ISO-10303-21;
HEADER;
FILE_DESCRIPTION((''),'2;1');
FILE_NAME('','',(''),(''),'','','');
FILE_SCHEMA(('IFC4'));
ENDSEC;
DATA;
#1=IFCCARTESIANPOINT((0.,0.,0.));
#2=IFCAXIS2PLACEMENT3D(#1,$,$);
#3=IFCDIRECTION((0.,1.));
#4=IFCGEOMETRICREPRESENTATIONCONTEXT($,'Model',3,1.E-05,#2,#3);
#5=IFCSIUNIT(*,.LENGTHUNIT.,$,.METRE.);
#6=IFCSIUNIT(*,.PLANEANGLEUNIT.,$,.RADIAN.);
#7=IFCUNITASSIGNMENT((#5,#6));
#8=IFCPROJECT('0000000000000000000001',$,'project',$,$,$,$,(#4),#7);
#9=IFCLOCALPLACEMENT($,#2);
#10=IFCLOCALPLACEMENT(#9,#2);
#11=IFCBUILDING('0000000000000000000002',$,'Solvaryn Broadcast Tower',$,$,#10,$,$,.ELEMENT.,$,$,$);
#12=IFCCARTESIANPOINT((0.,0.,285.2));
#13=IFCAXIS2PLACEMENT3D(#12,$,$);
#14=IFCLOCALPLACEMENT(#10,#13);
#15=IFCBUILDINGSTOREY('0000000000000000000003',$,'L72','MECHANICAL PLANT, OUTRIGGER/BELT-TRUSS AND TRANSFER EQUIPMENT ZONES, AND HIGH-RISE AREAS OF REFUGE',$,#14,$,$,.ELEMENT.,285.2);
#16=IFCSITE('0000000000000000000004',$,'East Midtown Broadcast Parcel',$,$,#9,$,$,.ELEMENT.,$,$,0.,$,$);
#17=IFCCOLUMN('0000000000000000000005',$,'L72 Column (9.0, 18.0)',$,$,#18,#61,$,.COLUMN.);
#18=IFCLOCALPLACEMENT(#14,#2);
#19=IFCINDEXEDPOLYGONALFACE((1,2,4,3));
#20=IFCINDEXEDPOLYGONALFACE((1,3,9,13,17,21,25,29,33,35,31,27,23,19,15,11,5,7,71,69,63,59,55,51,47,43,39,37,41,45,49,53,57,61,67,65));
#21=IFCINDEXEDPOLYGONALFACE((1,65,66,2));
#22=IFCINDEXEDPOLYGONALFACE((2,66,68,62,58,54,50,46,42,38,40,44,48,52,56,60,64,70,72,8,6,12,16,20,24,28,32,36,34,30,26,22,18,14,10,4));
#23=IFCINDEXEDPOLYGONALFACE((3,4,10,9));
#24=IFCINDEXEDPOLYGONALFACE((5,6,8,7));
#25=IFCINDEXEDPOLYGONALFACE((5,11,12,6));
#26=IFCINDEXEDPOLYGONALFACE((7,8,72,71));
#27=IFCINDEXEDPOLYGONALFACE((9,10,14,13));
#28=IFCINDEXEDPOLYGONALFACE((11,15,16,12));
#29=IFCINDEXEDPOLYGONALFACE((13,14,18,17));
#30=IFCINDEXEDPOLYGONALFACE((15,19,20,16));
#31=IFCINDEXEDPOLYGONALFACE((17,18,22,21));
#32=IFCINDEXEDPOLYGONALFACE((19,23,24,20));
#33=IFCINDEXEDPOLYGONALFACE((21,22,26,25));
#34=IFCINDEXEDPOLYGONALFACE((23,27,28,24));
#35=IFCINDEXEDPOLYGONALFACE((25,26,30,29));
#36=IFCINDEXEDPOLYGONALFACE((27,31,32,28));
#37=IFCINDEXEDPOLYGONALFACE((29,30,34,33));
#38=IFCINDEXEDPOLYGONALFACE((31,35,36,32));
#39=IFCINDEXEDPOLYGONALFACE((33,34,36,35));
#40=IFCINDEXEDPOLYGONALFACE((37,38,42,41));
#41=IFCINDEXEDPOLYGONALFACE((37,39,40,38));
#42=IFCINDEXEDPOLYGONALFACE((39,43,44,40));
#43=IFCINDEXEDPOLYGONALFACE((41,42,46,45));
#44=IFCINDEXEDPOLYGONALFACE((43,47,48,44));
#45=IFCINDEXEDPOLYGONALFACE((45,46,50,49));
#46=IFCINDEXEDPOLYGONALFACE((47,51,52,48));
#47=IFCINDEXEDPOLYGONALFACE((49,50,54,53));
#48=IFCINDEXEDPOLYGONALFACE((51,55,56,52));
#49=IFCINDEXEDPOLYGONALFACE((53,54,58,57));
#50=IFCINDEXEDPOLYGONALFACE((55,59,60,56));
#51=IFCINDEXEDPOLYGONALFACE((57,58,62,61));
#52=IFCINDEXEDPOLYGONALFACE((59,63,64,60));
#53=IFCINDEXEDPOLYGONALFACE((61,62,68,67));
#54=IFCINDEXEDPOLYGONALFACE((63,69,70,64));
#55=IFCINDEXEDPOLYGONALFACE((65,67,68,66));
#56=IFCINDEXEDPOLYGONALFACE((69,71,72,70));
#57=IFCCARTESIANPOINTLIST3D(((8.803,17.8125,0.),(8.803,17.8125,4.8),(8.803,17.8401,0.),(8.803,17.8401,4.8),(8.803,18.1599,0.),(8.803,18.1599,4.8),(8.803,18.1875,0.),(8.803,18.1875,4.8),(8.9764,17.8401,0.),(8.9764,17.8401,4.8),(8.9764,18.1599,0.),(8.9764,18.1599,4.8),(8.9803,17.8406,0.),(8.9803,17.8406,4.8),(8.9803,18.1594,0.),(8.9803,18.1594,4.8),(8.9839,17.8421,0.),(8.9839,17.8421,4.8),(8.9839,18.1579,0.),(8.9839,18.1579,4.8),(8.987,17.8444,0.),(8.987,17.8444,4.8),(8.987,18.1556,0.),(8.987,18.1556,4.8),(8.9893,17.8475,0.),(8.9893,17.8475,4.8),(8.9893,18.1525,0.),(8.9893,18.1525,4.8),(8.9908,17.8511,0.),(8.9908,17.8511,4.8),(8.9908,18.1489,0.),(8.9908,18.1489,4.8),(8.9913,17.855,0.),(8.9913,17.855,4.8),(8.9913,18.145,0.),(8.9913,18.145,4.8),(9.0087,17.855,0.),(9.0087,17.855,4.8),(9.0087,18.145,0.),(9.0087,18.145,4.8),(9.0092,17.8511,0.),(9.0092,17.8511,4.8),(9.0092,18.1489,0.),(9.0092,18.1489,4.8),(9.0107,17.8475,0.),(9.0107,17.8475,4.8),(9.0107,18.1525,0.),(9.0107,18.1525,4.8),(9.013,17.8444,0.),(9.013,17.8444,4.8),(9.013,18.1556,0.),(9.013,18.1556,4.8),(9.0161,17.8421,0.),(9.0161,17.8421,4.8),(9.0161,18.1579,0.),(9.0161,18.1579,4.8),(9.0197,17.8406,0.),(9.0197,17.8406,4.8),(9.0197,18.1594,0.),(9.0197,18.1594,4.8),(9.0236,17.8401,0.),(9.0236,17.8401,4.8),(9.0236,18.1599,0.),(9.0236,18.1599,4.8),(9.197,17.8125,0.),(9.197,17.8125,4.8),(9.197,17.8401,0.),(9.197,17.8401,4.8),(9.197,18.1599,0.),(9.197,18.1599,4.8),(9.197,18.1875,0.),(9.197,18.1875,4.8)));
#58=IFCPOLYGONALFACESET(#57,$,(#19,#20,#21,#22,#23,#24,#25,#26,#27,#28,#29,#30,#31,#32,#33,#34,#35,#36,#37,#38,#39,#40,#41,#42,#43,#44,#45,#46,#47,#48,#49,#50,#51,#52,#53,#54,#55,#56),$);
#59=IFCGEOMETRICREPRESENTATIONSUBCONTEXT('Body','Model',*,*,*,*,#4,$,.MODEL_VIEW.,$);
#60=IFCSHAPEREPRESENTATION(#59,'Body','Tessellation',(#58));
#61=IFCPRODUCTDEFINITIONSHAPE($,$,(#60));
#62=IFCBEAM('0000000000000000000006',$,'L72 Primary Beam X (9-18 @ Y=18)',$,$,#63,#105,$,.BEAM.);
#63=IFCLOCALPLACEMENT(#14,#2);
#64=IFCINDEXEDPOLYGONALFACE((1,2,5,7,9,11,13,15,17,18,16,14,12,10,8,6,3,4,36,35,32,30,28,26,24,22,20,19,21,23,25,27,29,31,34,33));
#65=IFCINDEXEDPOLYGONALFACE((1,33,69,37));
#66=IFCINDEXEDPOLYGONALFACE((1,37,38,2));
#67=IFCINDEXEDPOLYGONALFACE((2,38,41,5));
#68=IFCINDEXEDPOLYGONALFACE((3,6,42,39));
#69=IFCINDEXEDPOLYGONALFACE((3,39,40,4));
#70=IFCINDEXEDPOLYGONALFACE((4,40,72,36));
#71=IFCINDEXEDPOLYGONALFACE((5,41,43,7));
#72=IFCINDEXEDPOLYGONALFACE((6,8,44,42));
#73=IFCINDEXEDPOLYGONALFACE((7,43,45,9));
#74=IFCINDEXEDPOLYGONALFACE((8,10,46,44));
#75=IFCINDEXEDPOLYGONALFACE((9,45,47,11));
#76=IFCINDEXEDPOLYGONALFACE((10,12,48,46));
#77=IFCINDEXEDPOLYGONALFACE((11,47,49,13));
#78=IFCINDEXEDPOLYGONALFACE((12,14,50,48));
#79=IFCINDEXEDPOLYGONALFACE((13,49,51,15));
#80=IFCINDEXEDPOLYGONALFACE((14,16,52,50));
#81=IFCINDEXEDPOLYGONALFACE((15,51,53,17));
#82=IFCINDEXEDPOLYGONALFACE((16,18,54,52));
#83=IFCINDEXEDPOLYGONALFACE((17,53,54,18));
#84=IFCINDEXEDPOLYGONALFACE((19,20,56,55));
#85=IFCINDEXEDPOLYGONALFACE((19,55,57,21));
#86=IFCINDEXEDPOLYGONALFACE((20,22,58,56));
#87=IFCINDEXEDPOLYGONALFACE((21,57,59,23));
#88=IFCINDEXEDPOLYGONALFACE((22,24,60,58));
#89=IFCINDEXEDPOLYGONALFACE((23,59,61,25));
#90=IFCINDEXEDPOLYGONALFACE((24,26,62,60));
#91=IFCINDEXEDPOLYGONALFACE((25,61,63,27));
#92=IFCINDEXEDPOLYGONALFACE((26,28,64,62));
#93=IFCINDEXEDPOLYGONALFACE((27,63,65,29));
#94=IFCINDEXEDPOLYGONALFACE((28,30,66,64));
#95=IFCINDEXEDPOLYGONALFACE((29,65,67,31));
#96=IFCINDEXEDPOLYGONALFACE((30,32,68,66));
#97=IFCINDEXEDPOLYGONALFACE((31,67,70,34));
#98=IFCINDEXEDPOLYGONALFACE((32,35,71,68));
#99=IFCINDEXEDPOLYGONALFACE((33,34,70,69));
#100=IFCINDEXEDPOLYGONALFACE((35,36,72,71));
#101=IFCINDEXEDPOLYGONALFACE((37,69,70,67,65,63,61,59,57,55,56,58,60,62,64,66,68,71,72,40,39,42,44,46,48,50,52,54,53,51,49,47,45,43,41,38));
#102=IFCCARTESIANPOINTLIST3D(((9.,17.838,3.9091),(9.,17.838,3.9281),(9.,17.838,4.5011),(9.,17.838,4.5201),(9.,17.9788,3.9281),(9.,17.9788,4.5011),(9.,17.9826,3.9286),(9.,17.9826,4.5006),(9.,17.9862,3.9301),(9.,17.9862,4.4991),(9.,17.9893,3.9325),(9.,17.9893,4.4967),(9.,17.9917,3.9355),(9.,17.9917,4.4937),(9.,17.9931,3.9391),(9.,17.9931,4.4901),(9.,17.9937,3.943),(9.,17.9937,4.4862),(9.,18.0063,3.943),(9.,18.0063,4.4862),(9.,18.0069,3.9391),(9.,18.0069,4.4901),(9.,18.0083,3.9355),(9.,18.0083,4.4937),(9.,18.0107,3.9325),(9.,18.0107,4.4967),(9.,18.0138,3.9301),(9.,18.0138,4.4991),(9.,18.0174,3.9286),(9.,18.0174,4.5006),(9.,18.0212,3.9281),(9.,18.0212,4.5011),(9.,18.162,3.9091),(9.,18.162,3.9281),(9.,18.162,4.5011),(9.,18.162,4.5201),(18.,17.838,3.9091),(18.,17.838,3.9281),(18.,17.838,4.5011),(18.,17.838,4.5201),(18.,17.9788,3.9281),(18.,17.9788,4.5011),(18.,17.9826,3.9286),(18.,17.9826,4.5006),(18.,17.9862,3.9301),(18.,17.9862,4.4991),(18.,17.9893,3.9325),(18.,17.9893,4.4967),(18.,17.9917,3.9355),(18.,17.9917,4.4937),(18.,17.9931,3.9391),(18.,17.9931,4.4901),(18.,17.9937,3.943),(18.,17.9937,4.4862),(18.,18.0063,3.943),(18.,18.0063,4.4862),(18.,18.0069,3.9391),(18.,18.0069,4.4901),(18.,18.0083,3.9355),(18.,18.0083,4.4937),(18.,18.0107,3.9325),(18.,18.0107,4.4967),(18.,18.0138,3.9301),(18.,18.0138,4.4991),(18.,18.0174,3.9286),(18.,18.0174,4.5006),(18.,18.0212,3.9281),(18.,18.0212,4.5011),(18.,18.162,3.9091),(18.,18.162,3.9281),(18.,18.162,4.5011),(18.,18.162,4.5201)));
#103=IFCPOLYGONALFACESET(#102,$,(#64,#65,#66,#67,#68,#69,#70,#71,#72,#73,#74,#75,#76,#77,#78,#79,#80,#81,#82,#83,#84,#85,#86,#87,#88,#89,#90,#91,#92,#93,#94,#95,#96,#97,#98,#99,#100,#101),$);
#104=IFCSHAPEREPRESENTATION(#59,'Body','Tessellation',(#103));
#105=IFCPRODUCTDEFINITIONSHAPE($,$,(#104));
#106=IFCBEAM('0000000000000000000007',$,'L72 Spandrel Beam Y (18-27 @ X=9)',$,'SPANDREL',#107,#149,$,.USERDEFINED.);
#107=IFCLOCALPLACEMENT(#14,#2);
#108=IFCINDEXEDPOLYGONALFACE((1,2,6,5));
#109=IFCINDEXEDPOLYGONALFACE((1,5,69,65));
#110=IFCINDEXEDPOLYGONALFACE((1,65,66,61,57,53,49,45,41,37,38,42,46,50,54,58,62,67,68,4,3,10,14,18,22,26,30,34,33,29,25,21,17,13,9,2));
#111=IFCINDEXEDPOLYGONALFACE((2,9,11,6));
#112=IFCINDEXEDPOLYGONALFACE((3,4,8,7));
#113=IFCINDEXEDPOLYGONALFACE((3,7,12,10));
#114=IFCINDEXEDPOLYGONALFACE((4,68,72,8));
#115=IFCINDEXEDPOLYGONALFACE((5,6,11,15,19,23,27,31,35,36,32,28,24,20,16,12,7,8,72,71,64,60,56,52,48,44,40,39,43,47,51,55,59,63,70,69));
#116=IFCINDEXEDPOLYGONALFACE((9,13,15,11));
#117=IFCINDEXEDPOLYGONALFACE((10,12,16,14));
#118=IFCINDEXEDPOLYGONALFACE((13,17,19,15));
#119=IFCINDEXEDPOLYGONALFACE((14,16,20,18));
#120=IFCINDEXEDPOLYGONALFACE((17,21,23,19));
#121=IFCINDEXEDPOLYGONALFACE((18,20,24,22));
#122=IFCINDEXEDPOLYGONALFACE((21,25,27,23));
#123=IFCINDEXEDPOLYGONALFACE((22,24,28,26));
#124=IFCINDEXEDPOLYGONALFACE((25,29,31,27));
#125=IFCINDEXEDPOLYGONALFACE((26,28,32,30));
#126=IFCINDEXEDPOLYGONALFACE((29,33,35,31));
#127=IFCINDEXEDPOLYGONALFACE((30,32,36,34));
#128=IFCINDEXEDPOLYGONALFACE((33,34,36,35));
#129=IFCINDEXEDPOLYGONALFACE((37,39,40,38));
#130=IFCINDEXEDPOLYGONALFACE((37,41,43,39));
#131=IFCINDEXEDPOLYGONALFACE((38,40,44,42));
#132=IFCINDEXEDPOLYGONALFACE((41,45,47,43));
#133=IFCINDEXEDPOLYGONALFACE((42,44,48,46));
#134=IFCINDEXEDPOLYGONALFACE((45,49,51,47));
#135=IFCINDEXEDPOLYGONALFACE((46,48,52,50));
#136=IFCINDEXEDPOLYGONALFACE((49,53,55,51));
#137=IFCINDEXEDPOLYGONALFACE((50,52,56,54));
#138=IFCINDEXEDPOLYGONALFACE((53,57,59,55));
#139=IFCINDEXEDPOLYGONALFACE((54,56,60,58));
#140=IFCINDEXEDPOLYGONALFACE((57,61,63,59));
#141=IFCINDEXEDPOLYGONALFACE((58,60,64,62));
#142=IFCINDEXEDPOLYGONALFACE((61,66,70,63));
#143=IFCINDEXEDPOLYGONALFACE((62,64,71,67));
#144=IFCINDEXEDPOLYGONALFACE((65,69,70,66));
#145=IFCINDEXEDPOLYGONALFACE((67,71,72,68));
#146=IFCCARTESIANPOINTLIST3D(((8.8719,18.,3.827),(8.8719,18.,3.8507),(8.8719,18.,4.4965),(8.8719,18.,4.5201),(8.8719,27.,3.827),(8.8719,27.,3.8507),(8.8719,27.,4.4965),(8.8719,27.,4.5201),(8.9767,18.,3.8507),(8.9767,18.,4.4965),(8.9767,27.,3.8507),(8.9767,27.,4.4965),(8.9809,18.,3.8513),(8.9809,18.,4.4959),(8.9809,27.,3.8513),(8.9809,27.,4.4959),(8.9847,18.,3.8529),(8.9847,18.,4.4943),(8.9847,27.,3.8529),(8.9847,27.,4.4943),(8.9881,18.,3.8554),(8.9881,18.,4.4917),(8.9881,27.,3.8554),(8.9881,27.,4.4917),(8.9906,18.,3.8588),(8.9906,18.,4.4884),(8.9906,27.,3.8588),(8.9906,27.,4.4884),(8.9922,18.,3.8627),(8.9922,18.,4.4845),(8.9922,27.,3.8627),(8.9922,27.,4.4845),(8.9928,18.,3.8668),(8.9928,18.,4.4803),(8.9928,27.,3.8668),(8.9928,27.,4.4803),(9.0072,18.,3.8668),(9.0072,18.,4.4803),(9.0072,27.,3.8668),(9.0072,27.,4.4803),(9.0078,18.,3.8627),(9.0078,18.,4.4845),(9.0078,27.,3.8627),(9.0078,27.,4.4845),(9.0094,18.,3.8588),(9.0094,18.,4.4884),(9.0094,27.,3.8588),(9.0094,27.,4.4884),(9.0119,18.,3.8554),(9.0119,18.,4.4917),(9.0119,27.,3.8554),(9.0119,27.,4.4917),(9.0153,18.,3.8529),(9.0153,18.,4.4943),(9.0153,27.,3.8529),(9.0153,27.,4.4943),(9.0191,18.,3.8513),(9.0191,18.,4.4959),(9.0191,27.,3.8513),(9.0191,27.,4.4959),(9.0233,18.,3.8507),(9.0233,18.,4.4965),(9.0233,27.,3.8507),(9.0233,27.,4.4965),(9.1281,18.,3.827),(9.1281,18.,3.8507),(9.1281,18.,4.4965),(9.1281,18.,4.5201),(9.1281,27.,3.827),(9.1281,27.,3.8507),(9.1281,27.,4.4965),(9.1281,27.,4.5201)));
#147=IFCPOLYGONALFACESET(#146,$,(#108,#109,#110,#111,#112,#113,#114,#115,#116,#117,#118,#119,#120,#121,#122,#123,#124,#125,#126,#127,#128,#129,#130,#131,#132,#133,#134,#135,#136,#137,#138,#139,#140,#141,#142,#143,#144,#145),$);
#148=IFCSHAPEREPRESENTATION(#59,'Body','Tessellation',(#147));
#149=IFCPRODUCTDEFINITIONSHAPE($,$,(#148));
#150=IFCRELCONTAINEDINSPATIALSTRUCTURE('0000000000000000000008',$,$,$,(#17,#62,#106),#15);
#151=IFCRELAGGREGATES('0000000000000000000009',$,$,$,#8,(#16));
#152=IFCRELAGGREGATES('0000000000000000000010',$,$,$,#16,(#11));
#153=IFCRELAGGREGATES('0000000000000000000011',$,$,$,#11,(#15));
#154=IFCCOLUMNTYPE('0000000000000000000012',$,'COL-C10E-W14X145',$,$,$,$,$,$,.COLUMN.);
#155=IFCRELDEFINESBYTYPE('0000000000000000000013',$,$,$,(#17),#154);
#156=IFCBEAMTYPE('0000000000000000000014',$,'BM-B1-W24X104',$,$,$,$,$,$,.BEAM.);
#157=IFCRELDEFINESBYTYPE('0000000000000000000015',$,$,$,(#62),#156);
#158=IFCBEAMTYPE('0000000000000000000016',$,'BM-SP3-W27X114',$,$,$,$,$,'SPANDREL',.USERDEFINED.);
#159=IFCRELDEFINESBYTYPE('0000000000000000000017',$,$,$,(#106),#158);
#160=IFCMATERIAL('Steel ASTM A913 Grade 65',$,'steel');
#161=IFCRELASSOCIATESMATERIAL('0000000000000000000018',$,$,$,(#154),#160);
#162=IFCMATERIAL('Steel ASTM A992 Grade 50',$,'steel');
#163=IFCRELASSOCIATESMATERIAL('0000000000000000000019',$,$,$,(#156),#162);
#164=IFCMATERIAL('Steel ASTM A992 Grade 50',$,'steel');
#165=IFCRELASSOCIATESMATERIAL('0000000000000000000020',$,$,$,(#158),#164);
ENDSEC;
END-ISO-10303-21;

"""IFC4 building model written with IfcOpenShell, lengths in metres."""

from ifc_helpers import new_model, si_unit, direction, frame, origin, origin_2d, place, context, subcontext, project, spatial, i_section, extrude, material, material_profile, profile_set, type_object, element, save


model = new_model("IFC4")

# Units and contexts
model_context = context("Model", 3, precision=1e-05, world=origin(), true_north=direction((0.0, 1.0)))
body_context = subcontext(model_context, "Body", "Model", "MODEL_VIEW")
ifc_project = project(units=[si_unit("LENGTHUNIT", "METRE"), si_unit("PLANEANGLEUNIT", "RADIAN")], contexts=[model_context])

# Site, building, storey
site_placement = place(None, origin())
site = spatial("IfcSite", under=ifc_project, at=site_placement, Name="East Midtown Broadcast Parcel", CompositionType="ELEMENT", RefElevation=0.0)
building_placement = place(site_placement, origin())
building = spatial("IfcBuilding", under=site, at=building_placement, Name="Solvaryn Broadcast Tower", CompositionType="ELEMENT")
storey_placement = place(building_placement, frame((0.0, 0.0, 285.2)))
storey = spatial("IfcBuildingStorey", under=building, at=storey_placement, Name="L72", Description="MECHANICAL PLANT, OUTRIGGER/BELT-TRUSS AND TRANSFER EQUIPMENT ZONES, AND HIGH-RISE AREAS OF REFUGE", CompositionType="ELEMENT", Elevation=285.2)

# Column
ifc_material_1 = material(Name="Steel ASTM A913 Grade 65", Category="steel")
ifc_material_profile_1 = material_profile(ifc_material_1, i_section(OverallWidth=0.394, OverallDepth=0.375, WebThickness=0.0173, FlangeThickness=0.0276, FilletRadius=0.0149, at=origin_2d()))
ifc_profile_set_1 = profile_set([ifc_material_profile_1], Name="Steel ASTM A913 Grade 65")
column_type = type_object("IfcColumnType", Name="COL-C10E-W14X145", PredefinedType="COLUMN", material=ifc_profile_set_1)
column_placement = place(storey_placement, frame((9.0, 18.0, 0.0), z_axis=(0.0, 0.0, 1.0), x_axis=(1.0, 0.0, 0.0)))
element("IfcColumn", 1, at=column_placement, inside=storey, type_object=column_type, Name="L72 Column (9.0, 18.0)", PredefinedType="COLUMN", context=body_context, shape_type="SweptSolid", body=[
    extrude(i_section(OverallWidth=0.394, OverallDepth=0.375, WebThickness=0.0173, FlangeThickness=0.0276, FilletRadius=0.0149, at=origin_2d()), origin(), (0.0, 0.0, 1.0), 4.8),
])

# Beams
ifc_material_2 = material(Name="Steel ASTM A992 Grade 50", Category="steel")
ifc_material_profile_2 = material_profile(ifc_material_2, i_section(OverallWidth=0.324, OverallDepth=0.6111, WebThickness=0.0127, FlangeThickness=0.019, FilletRadius=0.0149, at=origin_2d()))
ifc_profile_set_2 = profile_set([ifc_material_profile_2], Name="Steel ASTM A992 Grade 50")
beam_type_1 = type_object("IfcBeamType", Name="BM-B1-W24X104", PredefinedType="BEAM", material=ifc_profile_set_2)
beam_1_placement = place(storey_placement, frame((9.0, 18.0, 4.2146), z_axis=(1.0, 0.0, 0.0), x_axis=(0.0, 1.0, 0.0)))
element("IfcBeam", 2, at=beam_1_placement, inside=storey, type_object=beam_type_1, Name="L72 Primary Beam X (9-18 @ Y=18)", PredefinedType="BEAM", context=body_context, shape_type="SweptSolid", body=[
    extrude(i_section(OverallWidth=0.324, OverallDepth=0.6111, WebThickness=0.0127, FlangeThickness=0.019, FilletRadius=0.0149, at=origin_2d()), origin(), (0.0, 0.0, 1.0), 9.0),
])
ifc_material_3 = material(Name="Steel ASTM A992 Grade 50", Category="steel")
ifc_material_profile_3 = material_profile(ifc_material_3, i_section(OverallWidth=0.2561, OverallDepth=0.6931, WebThickness=0.0144, FlangeThickness=0.0237, FilletRadius=0.0161, at=origin_2d()))
ifc_profile_set_3 = profile_set([ifc_material_profile_3], Name="Steel ASTM A992 Grade 50")
beam_type_2 = type_object("IfcBeamType", Name="BM-SP3-W27X114", ElementType="SPANDREL", PredefinedType="USERDEFINED", material=ifc_profile_set_3)
beam_2_placement = place(storey_placement, frame((9.0, 18.0, 4.1736), z_axis=(0.0, 1.0, 0.0), x_axis=(-1.0, 0.0, 0.0)))
element("IfcBeam", 3, at=beam_2_placement, inside=storey, type_object=beam_type_2, Name="L72 Spandrel Beam Y (18-27 @ X=9)", ObjectType="SPANDREL", PredefinedType="USERDEFINED", context=body_context, shape_type="SweptSolid", body=[
    extrude(i_section(OverallWidth=0.2561, OverallDepth=0.6931, WebThickness=0.0144, FlangeThickness=0.0237, FilletRadius=0.0161, at=origin_2d()), origin(), (0.0, 0.0, 1.0), 9.0),
])

save(model, "model.ifc")
